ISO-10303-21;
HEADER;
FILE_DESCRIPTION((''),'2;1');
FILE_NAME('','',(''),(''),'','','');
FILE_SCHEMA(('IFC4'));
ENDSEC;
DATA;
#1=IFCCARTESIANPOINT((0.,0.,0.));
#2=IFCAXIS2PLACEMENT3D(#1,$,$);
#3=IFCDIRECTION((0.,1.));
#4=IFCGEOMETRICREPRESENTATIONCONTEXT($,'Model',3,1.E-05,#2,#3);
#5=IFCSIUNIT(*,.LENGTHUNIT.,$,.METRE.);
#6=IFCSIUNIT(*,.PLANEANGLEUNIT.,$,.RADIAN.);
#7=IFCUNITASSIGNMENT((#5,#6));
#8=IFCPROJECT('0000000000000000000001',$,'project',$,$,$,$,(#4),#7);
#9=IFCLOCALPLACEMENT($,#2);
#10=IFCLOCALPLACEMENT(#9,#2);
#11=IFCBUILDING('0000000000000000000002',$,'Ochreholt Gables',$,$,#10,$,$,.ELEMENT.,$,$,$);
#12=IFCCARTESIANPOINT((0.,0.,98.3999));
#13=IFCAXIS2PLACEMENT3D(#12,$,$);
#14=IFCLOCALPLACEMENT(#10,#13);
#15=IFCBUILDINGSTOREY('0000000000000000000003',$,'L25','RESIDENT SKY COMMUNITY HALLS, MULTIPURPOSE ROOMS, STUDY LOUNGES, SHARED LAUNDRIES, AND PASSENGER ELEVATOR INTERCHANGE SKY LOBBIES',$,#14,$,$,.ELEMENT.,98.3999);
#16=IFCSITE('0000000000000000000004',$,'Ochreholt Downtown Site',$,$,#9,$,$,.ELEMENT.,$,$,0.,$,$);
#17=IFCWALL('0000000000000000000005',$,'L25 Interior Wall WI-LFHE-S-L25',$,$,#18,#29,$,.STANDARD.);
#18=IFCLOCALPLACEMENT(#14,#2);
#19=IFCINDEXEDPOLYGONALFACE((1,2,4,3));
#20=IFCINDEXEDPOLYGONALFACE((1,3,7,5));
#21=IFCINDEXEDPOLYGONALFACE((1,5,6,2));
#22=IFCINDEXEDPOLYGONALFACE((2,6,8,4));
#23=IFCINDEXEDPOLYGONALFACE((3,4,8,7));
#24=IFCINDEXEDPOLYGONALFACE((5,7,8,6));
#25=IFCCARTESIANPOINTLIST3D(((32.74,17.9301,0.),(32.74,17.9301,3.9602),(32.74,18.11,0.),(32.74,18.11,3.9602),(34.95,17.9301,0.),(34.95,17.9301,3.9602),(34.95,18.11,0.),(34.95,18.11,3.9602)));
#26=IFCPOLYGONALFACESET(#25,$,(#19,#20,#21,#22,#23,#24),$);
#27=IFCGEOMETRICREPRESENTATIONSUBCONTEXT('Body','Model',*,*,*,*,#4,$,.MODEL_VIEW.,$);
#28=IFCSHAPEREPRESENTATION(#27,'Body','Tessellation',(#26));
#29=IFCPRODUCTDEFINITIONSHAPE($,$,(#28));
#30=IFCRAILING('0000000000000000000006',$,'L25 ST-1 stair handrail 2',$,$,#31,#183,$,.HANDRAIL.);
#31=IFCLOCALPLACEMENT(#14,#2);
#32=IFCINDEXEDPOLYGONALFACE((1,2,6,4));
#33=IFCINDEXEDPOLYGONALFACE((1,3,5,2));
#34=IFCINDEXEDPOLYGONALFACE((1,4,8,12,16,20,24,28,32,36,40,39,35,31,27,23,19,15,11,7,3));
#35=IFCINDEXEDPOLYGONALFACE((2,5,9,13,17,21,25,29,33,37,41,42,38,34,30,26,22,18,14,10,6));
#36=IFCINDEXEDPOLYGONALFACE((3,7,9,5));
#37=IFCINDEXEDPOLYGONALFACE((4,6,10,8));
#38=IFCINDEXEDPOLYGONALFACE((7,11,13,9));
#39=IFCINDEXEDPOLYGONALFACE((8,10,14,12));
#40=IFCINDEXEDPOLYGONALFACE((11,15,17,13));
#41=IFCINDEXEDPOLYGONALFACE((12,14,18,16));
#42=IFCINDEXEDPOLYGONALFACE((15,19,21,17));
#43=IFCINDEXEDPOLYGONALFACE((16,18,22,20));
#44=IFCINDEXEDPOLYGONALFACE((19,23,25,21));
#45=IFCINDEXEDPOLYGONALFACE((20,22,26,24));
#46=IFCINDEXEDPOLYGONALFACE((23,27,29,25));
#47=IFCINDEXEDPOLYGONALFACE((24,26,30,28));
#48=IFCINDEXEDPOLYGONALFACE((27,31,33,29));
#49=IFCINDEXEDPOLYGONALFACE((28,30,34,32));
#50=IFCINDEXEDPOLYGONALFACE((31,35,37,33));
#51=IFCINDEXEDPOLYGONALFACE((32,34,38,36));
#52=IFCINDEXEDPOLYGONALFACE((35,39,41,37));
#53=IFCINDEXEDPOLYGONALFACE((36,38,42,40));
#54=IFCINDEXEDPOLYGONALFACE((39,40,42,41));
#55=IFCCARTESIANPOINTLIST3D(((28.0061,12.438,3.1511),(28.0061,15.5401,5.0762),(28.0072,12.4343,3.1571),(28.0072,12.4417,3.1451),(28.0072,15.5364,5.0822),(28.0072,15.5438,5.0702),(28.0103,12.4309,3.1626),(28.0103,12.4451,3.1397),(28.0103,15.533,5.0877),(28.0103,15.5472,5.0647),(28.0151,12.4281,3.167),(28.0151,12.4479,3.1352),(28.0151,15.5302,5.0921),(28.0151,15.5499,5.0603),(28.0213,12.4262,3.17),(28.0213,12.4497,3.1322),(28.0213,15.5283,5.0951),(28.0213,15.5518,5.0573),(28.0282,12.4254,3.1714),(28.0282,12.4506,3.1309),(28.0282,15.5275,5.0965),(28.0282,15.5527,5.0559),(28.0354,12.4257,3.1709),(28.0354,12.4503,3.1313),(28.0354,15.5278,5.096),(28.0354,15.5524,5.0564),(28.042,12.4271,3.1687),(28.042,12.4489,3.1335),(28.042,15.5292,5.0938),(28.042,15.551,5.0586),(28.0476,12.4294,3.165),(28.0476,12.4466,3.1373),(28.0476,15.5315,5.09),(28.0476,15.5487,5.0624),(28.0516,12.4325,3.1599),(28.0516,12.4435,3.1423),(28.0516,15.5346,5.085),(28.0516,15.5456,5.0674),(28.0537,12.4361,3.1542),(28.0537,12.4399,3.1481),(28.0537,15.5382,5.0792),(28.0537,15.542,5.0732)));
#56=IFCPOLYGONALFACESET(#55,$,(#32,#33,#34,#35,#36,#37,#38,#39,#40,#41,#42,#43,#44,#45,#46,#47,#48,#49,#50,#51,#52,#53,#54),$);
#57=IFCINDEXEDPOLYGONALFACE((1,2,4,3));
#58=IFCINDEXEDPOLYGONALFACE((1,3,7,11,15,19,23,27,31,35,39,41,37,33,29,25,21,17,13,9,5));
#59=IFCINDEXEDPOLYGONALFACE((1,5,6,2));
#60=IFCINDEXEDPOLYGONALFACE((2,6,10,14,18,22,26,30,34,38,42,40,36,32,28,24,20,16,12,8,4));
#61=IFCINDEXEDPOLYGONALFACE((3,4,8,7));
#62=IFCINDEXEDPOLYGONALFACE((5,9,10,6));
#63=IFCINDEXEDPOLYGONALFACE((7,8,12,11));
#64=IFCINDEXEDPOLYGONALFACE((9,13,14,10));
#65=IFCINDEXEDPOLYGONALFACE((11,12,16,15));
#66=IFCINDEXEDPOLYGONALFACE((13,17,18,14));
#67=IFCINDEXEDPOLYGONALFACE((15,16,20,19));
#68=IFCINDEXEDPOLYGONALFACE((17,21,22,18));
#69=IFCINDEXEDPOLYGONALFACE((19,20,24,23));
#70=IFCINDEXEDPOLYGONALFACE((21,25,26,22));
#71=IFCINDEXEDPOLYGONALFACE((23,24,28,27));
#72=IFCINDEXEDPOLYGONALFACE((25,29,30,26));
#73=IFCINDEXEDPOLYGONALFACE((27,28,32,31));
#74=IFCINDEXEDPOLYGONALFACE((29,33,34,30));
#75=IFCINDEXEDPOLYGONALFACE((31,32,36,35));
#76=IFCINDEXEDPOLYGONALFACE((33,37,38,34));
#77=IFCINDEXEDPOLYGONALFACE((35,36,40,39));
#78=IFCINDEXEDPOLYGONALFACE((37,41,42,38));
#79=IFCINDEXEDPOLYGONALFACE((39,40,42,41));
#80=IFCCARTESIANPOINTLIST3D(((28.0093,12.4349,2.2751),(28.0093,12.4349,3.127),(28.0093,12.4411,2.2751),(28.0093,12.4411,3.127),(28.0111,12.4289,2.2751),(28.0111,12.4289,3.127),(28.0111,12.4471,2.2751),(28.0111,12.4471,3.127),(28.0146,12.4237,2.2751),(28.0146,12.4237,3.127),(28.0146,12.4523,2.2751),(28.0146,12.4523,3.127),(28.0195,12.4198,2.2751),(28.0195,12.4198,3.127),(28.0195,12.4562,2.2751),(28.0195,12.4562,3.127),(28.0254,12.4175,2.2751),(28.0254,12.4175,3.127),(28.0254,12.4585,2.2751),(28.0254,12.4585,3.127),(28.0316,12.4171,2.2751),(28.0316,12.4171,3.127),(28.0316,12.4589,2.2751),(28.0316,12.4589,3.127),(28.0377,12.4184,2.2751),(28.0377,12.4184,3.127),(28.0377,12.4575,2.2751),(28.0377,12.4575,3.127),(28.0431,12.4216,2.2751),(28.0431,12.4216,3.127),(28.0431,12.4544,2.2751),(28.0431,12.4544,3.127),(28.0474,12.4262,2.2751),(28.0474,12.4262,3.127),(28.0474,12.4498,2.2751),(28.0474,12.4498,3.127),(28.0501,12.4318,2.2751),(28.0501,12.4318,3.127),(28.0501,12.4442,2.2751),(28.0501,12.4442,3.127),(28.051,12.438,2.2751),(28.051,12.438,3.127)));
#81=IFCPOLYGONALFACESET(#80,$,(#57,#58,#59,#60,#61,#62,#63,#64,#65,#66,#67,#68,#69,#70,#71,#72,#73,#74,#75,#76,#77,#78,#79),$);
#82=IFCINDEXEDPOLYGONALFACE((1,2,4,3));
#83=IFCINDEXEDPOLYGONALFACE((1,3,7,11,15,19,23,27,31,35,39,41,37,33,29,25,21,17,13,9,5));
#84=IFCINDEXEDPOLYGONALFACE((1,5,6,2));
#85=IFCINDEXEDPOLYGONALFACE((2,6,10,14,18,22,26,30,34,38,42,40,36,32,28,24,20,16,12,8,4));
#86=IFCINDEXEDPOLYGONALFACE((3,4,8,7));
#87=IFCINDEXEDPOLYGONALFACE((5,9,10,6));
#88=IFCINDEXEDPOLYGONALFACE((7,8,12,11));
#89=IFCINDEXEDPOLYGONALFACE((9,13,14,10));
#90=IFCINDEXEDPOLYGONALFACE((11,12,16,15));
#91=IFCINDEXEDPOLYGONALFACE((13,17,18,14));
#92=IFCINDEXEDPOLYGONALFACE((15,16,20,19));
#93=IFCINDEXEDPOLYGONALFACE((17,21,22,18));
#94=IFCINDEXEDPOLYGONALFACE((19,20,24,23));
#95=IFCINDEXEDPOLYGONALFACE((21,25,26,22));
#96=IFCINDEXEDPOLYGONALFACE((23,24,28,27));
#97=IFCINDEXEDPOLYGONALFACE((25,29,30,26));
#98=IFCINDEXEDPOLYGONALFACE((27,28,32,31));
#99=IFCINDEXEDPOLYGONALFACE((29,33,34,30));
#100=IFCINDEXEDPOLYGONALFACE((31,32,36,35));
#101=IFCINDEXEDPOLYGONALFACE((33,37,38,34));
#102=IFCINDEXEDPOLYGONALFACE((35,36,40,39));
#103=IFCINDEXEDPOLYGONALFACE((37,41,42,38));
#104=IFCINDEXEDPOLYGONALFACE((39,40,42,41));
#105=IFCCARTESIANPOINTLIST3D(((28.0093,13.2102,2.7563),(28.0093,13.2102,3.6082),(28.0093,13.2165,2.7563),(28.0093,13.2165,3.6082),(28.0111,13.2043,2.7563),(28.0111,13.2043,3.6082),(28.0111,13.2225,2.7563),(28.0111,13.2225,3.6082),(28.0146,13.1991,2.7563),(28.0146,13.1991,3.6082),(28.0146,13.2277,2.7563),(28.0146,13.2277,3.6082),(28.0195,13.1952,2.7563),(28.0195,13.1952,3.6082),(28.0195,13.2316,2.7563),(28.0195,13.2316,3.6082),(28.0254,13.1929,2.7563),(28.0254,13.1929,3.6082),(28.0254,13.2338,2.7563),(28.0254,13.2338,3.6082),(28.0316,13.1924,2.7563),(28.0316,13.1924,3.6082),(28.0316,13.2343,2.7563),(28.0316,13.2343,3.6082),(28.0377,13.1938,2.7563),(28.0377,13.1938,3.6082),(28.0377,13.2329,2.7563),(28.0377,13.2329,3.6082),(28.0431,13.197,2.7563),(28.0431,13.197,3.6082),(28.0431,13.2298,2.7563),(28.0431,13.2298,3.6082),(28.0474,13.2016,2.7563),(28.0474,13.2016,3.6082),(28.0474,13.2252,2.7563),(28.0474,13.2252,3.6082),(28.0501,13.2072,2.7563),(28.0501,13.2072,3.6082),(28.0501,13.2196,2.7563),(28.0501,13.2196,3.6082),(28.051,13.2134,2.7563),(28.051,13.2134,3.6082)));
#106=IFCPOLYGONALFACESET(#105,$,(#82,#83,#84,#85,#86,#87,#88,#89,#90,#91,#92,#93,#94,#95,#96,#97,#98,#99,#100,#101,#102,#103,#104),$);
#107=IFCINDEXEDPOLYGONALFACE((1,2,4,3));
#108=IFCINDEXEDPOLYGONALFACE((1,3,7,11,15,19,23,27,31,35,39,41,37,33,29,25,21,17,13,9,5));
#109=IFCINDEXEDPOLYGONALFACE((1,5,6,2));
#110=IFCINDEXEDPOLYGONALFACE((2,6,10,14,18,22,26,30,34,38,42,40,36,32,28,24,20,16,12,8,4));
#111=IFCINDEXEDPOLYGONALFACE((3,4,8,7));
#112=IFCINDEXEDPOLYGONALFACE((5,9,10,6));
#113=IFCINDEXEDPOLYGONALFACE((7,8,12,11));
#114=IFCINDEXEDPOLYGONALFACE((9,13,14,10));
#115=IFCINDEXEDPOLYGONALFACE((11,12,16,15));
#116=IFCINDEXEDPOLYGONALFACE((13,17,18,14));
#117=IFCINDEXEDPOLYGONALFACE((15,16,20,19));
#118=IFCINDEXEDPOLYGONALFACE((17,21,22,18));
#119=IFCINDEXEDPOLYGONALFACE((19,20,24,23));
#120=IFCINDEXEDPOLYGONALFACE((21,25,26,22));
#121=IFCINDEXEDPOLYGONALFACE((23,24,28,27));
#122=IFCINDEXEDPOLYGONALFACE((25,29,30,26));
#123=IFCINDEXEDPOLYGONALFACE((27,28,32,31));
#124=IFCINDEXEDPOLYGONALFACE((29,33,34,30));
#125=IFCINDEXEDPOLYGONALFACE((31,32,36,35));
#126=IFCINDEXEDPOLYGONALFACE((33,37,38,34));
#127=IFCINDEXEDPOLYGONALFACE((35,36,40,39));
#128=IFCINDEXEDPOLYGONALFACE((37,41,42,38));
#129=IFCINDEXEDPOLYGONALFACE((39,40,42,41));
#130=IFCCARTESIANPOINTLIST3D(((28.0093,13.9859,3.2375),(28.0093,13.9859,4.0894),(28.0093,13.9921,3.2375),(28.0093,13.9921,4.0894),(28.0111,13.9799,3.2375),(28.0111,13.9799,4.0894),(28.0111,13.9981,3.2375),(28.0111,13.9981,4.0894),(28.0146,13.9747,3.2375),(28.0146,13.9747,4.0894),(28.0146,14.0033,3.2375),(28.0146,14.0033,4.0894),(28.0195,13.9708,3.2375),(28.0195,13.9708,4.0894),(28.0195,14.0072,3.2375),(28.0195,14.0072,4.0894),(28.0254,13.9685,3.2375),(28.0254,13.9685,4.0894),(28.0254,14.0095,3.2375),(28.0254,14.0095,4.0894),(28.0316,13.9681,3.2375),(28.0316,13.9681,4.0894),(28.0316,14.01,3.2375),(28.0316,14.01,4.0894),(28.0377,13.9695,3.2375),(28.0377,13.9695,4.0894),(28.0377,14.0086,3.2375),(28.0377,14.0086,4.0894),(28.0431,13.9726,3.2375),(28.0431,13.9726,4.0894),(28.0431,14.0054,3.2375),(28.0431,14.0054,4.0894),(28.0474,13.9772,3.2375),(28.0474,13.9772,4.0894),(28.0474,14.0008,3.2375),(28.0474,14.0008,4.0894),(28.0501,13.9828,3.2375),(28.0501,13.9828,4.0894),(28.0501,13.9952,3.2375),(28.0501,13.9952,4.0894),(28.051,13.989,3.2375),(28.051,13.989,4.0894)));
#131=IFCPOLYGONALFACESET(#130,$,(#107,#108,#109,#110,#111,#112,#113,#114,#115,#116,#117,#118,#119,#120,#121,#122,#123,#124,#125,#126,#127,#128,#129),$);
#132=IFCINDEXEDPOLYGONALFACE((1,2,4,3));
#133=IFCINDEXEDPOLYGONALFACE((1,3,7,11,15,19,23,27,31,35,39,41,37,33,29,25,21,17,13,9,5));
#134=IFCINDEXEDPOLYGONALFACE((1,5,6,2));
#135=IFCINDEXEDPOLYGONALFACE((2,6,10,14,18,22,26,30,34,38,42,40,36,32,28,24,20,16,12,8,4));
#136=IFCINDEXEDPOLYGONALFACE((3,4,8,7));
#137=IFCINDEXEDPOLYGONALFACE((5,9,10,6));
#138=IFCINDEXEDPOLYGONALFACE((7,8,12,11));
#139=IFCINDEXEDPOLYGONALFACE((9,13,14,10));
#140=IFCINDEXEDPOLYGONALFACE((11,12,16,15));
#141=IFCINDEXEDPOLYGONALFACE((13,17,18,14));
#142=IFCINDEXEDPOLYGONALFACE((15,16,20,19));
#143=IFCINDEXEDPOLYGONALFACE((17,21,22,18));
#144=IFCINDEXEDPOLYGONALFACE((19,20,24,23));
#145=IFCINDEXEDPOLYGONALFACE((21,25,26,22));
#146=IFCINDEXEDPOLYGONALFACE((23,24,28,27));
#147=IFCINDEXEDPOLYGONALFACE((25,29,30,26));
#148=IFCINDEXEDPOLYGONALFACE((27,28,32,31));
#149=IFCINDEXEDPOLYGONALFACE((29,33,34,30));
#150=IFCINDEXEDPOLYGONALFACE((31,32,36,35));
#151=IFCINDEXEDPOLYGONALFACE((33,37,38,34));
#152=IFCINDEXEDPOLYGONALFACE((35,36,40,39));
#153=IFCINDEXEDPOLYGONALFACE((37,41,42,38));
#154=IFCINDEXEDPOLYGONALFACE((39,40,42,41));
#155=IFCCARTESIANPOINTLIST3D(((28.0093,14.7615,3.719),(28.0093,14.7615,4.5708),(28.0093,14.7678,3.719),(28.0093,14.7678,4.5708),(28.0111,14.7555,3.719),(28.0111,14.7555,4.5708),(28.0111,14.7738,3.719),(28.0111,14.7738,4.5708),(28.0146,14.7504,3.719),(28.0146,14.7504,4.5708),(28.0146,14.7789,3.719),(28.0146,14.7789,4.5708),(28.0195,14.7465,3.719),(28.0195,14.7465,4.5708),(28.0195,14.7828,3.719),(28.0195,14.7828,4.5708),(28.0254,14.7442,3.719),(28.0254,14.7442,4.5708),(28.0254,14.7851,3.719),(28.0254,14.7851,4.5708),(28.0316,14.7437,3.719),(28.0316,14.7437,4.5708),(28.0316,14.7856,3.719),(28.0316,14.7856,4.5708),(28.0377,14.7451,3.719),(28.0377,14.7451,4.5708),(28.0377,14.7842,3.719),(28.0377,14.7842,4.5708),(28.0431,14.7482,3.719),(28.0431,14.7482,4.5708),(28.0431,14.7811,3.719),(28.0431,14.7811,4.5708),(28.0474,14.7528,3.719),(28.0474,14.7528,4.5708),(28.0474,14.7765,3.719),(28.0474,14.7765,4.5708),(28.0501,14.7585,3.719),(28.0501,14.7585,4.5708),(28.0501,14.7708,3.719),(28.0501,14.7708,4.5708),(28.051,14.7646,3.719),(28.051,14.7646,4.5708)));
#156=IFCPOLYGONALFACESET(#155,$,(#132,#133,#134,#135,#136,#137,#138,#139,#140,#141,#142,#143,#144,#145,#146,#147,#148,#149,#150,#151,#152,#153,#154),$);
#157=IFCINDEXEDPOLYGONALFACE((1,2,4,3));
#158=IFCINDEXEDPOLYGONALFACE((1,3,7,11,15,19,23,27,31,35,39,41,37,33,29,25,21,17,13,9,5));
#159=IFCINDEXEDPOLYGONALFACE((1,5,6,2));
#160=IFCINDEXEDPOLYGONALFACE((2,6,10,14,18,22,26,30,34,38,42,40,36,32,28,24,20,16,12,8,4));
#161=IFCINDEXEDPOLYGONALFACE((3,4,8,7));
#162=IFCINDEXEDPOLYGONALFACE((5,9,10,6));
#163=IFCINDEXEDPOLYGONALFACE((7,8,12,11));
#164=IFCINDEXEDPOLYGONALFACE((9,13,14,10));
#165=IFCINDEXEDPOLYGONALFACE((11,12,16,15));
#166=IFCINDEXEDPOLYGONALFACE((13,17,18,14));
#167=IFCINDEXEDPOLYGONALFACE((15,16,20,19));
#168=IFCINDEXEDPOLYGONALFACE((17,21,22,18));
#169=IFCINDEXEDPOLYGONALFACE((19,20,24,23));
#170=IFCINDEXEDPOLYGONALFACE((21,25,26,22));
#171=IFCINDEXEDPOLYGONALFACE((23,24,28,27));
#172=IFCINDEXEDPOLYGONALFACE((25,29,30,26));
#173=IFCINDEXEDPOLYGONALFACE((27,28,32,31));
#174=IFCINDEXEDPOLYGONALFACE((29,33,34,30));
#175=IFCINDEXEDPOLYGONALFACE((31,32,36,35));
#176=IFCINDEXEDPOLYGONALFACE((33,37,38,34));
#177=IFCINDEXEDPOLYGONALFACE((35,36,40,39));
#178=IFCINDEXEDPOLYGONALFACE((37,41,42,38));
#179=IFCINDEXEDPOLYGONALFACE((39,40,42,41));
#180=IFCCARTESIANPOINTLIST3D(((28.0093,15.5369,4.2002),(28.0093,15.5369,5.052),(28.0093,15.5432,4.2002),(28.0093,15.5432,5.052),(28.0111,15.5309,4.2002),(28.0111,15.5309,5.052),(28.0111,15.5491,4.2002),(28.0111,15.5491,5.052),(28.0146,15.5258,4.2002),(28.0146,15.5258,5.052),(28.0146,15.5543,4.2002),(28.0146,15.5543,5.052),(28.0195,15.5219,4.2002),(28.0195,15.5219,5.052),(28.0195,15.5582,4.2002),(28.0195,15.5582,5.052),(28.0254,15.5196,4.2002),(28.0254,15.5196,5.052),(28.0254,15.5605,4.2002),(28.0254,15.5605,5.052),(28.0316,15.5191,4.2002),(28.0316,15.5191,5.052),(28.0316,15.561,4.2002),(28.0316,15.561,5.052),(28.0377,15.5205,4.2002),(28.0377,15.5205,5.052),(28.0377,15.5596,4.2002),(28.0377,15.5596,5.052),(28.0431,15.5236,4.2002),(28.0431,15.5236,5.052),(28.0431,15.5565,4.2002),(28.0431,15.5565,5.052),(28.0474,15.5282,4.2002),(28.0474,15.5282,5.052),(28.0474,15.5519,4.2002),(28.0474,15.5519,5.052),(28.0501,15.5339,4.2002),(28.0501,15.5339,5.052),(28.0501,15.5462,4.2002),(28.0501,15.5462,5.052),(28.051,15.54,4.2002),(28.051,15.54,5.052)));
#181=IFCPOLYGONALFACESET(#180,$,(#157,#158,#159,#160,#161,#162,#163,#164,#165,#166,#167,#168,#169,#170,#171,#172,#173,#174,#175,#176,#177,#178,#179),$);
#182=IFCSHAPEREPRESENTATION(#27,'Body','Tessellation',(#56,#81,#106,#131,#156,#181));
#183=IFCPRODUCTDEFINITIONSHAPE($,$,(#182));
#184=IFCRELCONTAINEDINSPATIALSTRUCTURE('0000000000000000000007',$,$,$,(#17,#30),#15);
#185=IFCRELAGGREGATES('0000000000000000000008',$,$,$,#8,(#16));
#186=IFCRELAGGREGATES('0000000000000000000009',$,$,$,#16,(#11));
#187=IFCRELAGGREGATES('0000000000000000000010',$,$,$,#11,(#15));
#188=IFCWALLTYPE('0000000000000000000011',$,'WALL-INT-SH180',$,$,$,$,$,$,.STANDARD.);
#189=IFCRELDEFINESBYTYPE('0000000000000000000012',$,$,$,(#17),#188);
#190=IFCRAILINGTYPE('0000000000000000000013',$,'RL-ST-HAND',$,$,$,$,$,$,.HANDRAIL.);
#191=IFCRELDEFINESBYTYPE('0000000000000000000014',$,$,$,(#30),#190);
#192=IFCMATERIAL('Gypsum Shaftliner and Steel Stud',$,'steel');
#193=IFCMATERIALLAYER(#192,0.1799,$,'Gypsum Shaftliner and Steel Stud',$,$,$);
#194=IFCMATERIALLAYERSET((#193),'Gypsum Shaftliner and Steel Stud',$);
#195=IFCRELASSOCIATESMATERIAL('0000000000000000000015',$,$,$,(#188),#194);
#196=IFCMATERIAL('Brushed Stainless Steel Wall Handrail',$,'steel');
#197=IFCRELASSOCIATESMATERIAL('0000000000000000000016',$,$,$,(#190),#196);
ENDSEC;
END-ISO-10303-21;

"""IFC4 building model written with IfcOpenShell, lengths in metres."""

from ifc_helpers import new_model, si_unit, direction, frame, frame_2d, origin, origin_2d, place, context, subcontext, project, spatial, rectangle, circle, extrude, material, layer, layer_set, type_object, element, save


model = new_model("IFC4")

# Units and contexts
model_context = context("Model", 3, precision=1e-05, world=origin(), true_north=direction((0.0, 1.0)))
body_context = subcontext(model_context, "Body", "Model", "MODEL_VIEW")
ifc_project = project(units=[si_unit("LENGTHUNIT", "METRE"), si_unit("PLANEANGLEUNIT", "RADIAN")], contexts=[model_context])

# Site, building, storey
site_placement = place(None, origin())
site = spatial("IfcSite", under=ifc_project, at=site_placement, Name="Ochreholt Downtown Site", CompositionType="ELEMENT", RefElevation=0.0)
building_placement = place(site_placement, origin())
building = spatial("IfcBuilding", under=site, at=building_placement, Name="Ochreholt Gables", CompositionType="ELEMENT")
storey_placement = place(building_placement, frame((0.0, 0.0, 98.3999)))
storey = spatial("IfcBuildingStorey", under=building, at=storey_placement, Name="L25", Description="RESIDENT SKY COMMUNITY HALLS, MULTIPURPOSE ROOMS, STUDY LOUNGES, SHARED LAUNDRIES, AND PASSENGER ELEVATOR INTERCHANGE SKY LOBBIES", CompositionType="ELEMENT", Elevation=98.3999)

# Wall
ifc_material_1 = material(Name="Gypsum Shaftliner and Steel Stud", Category="steel")
ifc_layer_1 = layer(ifc_material_1, 0.1799, Name="Gypsum Shaftliner and Steel Stud")
ifc_layer_set_1 = layer_set([ifc_layer_1], Name="Gypsum Shaftliner and Steel Stud")
wall_type_1 = type_object("IfcWallType", Name="WALL-INT-SH180", PredefinedType="STANDARD", material=ifc_layer_set_1)
wall_1_placement = place(storey_placement, frame((32.74, 18.02, 0.0), z_axis=(0.0, 0.0, 1.0), x_axis=(1.0, 0.0, 0.0)))
element("IfcWall", 1, at=wall_1_placement, inside=storey, type_object=wall_type_1, Name="L25 Interior Wall WI-LFHE-S-L25", PredefinedType="STANDARD", context=body_context, shape_type="SweptSolid", body=[
    extrude(rectangle(XDim=2.21, YDim=0.1799, at=frame_2d((1.105, 0.0))), origin(), (0.0, 0.0, 1.0), 3.9602),
])

# Railing
ifc_material_2 = material(Name="Brushed Stainless Steel Wall Handrail", Category="steel")
railing_type = type_object("IfcRailingType", Name="RL-ST-HAND", PredefinedType="HANDRAIL", material=ifc_material_2)
railing_placement = place(storey_placement, frame((28.03, 12.438, 2.2751)))
element("IfcRailing", 2, at=railing_placement, inside=storey, type_object=railing_type, Name="L25 ST-1 stair handrail 2", PredefinedType="HANDRAIL", context=body_context, shape_type="SweptSolid", body=[
    extrude(circle(Radius=0.0239, at=origin_2d()), frame((0.0, 0.0, 0.876), z_axis=(0.0, 0.849685, 0.527291), x_axis=(-1.0, 0.0, 0.0)), (0.0, 0.0, 1.0), 3.6509),
    extrude(circle(Radius=0.021, at=origin_2d()), origin(), (0.0, 0.0, 1.0), 0.8518),
    extrude(circle(Radius=0.021, at=origin_2d()), frame((0.0, 0.7754, 0.4812)), (0.0, 0.0, 1.0), 0.8518),
    extrude(circle(Radius=0.021, at=origin_2d()), frame((0.0, 1.551, 0.9624)), (0.0, 0.0, 1.0), 0.8518),
    extrude(circle(Radius=0.021, at=origin_2d()), frame((0.0, 2.3267, 1.4438)), (0.0, 0.0, 1.0), 0.8518),
    extrude(circle(Radius=0.021, at=origin_2d()), frame((0.0, 3.1021, 1.925)), (0.0, 0.0, 1.0), 0.8518),
])

save(model, "model.ifc")
